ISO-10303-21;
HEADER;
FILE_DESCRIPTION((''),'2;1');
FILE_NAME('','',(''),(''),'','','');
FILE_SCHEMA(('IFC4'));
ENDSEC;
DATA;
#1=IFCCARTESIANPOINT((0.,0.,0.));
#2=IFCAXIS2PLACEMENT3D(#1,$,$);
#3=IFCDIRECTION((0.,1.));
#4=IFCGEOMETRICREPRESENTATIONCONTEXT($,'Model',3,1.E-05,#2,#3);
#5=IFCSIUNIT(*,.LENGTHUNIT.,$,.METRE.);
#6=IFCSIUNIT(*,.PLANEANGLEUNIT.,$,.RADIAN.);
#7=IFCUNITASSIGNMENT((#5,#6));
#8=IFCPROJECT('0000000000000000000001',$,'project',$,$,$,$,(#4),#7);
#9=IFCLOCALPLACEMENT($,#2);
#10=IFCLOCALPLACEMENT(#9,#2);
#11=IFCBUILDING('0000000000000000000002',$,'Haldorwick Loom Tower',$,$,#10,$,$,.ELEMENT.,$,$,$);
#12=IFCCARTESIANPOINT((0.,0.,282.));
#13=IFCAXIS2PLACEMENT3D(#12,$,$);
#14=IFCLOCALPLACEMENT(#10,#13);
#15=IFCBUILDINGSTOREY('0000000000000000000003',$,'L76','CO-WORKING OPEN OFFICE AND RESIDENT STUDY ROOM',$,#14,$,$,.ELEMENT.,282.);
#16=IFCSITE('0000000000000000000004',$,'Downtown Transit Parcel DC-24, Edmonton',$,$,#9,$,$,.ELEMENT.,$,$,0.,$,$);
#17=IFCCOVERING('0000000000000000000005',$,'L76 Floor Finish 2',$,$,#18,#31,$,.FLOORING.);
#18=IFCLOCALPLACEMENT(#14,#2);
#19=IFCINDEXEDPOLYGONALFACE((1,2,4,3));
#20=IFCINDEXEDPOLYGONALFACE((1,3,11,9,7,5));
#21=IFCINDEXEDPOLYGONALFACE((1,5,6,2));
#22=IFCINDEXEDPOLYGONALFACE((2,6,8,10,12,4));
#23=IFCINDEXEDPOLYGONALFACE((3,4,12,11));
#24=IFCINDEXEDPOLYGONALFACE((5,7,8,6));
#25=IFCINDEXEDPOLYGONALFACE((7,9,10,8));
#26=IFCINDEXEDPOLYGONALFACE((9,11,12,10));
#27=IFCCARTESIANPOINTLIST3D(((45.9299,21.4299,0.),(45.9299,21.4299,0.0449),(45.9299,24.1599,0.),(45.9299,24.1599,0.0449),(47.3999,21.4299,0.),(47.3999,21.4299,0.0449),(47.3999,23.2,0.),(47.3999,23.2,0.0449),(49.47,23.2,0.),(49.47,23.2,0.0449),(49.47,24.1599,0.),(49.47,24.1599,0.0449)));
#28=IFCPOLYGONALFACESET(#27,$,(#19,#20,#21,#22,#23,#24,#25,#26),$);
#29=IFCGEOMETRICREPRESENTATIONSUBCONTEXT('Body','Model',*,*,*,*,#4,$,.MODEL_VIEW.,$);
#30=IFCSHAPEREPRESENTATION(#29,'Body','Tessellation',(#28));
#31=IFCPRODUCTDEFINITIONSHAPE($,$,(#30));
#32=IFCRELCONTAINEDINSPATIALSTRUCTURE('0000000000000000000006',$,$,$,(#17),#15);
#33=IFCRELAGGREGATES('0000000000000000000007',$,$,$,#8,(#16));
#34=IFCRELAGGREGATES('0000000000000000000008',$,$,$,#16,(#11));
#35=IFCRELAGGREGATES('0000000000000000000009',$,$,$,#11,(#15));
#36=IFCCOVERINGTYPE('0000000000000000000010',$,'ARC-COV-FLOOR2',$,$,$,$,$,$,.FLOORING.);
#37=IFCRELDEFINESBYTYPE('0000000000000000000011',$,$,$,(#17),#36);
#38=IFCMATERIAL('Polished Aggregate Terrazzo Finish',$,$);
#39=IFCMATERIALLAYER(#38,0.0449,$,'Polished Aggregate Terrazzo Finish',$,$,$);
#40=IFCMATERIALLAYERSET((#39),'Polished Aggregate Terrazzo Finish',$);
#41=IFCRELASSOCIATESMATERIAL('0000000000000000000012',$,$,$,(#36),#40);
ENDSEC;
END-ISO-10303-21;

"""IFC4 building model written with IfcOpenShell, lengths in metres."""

from ifc_helpers import new_model, si_unit, direction, frame, origin, place, context, subcontext, project, spatial, polyline, outline, extrude, material, layer, layer_set, type_object, element, save


model = new_model("IFC4")

# Units and contexts
model_context = context("Model", 3, precision=1e-05, world=origin(), true_north=direction((0.0, 1.0)))
body_context = subcontext(model_context, "Body", "Model", "MODEL_VIEW")
ifc_project = project(units=[si_unit("LENGTHUNIT", "METRE"), si_unit("PLANEANGLEUNIT", "RADIAN")], contexts=[model_context])

# Site, building, storey
site_placement = place(None, origin())
site = spatial("IfcSite", under=ifc_project, at=site_placement, Name="Downtown Transit Parcel DC-24, Edmonton", CompositionType="ELEMENT", RefElevation=0.0)
building_placement = place(site_placement, origin())
building = spatial("IfcBuilding", under=site, at=building_placement, Name="Haldorwick Loom Tower", CompositionType="ELEMENT")
storey_placement = place(building_placement, frame((0.0, 0.0, 282.0)))
storey = spatial("IfcBuildingStorey", under=building, at=storey_placement, Name="L76", Description="CO-WORKING OPEN OFFICE AND RESIDENT STUDY ROOM", CompositionType="ELEMENT", Elevation=282.0)

# Covering
ifc_material_1 = material(Name="Polished Aggregate Terrazzo Finish")
ifc_layer_1 = layer(ifc_material_1, 0.0449, Name="Polished Aggregate Terrazzo Finish")
ifc_layer_set_1 = layer_set([ifc_layer_1], Name="Polished Aggregate Terrazzo Finish")
covering_type_1 = type_object("IfcCoveringType", Name="ARC-COV-FLOOR2", PredefinedType="FLOORING", material=ifc_layer_set_1)
covering_1_placement = place(storey_placement, origin())
element("IfcCovering", 1, at=covering_1_placement, inside=storey, type_object=covering_type_1, Name="L76 Floor Finish 2", PredefinedType="FLOORING", context=body_context, shape_type="SweptSolid", body=[
    extrude(outline(polyline([(45.9299, 24.1599), (45.9299, 21.4299), (47.3999, 21.4299), (47.3999, 23.2), (49.47, 23.2), (49.47, 24.1599), (45.9299, 24.1599)])), origin(), (0.0, 0.0, 1.0), 0.0449),
])

save(model, "model.ifc")
